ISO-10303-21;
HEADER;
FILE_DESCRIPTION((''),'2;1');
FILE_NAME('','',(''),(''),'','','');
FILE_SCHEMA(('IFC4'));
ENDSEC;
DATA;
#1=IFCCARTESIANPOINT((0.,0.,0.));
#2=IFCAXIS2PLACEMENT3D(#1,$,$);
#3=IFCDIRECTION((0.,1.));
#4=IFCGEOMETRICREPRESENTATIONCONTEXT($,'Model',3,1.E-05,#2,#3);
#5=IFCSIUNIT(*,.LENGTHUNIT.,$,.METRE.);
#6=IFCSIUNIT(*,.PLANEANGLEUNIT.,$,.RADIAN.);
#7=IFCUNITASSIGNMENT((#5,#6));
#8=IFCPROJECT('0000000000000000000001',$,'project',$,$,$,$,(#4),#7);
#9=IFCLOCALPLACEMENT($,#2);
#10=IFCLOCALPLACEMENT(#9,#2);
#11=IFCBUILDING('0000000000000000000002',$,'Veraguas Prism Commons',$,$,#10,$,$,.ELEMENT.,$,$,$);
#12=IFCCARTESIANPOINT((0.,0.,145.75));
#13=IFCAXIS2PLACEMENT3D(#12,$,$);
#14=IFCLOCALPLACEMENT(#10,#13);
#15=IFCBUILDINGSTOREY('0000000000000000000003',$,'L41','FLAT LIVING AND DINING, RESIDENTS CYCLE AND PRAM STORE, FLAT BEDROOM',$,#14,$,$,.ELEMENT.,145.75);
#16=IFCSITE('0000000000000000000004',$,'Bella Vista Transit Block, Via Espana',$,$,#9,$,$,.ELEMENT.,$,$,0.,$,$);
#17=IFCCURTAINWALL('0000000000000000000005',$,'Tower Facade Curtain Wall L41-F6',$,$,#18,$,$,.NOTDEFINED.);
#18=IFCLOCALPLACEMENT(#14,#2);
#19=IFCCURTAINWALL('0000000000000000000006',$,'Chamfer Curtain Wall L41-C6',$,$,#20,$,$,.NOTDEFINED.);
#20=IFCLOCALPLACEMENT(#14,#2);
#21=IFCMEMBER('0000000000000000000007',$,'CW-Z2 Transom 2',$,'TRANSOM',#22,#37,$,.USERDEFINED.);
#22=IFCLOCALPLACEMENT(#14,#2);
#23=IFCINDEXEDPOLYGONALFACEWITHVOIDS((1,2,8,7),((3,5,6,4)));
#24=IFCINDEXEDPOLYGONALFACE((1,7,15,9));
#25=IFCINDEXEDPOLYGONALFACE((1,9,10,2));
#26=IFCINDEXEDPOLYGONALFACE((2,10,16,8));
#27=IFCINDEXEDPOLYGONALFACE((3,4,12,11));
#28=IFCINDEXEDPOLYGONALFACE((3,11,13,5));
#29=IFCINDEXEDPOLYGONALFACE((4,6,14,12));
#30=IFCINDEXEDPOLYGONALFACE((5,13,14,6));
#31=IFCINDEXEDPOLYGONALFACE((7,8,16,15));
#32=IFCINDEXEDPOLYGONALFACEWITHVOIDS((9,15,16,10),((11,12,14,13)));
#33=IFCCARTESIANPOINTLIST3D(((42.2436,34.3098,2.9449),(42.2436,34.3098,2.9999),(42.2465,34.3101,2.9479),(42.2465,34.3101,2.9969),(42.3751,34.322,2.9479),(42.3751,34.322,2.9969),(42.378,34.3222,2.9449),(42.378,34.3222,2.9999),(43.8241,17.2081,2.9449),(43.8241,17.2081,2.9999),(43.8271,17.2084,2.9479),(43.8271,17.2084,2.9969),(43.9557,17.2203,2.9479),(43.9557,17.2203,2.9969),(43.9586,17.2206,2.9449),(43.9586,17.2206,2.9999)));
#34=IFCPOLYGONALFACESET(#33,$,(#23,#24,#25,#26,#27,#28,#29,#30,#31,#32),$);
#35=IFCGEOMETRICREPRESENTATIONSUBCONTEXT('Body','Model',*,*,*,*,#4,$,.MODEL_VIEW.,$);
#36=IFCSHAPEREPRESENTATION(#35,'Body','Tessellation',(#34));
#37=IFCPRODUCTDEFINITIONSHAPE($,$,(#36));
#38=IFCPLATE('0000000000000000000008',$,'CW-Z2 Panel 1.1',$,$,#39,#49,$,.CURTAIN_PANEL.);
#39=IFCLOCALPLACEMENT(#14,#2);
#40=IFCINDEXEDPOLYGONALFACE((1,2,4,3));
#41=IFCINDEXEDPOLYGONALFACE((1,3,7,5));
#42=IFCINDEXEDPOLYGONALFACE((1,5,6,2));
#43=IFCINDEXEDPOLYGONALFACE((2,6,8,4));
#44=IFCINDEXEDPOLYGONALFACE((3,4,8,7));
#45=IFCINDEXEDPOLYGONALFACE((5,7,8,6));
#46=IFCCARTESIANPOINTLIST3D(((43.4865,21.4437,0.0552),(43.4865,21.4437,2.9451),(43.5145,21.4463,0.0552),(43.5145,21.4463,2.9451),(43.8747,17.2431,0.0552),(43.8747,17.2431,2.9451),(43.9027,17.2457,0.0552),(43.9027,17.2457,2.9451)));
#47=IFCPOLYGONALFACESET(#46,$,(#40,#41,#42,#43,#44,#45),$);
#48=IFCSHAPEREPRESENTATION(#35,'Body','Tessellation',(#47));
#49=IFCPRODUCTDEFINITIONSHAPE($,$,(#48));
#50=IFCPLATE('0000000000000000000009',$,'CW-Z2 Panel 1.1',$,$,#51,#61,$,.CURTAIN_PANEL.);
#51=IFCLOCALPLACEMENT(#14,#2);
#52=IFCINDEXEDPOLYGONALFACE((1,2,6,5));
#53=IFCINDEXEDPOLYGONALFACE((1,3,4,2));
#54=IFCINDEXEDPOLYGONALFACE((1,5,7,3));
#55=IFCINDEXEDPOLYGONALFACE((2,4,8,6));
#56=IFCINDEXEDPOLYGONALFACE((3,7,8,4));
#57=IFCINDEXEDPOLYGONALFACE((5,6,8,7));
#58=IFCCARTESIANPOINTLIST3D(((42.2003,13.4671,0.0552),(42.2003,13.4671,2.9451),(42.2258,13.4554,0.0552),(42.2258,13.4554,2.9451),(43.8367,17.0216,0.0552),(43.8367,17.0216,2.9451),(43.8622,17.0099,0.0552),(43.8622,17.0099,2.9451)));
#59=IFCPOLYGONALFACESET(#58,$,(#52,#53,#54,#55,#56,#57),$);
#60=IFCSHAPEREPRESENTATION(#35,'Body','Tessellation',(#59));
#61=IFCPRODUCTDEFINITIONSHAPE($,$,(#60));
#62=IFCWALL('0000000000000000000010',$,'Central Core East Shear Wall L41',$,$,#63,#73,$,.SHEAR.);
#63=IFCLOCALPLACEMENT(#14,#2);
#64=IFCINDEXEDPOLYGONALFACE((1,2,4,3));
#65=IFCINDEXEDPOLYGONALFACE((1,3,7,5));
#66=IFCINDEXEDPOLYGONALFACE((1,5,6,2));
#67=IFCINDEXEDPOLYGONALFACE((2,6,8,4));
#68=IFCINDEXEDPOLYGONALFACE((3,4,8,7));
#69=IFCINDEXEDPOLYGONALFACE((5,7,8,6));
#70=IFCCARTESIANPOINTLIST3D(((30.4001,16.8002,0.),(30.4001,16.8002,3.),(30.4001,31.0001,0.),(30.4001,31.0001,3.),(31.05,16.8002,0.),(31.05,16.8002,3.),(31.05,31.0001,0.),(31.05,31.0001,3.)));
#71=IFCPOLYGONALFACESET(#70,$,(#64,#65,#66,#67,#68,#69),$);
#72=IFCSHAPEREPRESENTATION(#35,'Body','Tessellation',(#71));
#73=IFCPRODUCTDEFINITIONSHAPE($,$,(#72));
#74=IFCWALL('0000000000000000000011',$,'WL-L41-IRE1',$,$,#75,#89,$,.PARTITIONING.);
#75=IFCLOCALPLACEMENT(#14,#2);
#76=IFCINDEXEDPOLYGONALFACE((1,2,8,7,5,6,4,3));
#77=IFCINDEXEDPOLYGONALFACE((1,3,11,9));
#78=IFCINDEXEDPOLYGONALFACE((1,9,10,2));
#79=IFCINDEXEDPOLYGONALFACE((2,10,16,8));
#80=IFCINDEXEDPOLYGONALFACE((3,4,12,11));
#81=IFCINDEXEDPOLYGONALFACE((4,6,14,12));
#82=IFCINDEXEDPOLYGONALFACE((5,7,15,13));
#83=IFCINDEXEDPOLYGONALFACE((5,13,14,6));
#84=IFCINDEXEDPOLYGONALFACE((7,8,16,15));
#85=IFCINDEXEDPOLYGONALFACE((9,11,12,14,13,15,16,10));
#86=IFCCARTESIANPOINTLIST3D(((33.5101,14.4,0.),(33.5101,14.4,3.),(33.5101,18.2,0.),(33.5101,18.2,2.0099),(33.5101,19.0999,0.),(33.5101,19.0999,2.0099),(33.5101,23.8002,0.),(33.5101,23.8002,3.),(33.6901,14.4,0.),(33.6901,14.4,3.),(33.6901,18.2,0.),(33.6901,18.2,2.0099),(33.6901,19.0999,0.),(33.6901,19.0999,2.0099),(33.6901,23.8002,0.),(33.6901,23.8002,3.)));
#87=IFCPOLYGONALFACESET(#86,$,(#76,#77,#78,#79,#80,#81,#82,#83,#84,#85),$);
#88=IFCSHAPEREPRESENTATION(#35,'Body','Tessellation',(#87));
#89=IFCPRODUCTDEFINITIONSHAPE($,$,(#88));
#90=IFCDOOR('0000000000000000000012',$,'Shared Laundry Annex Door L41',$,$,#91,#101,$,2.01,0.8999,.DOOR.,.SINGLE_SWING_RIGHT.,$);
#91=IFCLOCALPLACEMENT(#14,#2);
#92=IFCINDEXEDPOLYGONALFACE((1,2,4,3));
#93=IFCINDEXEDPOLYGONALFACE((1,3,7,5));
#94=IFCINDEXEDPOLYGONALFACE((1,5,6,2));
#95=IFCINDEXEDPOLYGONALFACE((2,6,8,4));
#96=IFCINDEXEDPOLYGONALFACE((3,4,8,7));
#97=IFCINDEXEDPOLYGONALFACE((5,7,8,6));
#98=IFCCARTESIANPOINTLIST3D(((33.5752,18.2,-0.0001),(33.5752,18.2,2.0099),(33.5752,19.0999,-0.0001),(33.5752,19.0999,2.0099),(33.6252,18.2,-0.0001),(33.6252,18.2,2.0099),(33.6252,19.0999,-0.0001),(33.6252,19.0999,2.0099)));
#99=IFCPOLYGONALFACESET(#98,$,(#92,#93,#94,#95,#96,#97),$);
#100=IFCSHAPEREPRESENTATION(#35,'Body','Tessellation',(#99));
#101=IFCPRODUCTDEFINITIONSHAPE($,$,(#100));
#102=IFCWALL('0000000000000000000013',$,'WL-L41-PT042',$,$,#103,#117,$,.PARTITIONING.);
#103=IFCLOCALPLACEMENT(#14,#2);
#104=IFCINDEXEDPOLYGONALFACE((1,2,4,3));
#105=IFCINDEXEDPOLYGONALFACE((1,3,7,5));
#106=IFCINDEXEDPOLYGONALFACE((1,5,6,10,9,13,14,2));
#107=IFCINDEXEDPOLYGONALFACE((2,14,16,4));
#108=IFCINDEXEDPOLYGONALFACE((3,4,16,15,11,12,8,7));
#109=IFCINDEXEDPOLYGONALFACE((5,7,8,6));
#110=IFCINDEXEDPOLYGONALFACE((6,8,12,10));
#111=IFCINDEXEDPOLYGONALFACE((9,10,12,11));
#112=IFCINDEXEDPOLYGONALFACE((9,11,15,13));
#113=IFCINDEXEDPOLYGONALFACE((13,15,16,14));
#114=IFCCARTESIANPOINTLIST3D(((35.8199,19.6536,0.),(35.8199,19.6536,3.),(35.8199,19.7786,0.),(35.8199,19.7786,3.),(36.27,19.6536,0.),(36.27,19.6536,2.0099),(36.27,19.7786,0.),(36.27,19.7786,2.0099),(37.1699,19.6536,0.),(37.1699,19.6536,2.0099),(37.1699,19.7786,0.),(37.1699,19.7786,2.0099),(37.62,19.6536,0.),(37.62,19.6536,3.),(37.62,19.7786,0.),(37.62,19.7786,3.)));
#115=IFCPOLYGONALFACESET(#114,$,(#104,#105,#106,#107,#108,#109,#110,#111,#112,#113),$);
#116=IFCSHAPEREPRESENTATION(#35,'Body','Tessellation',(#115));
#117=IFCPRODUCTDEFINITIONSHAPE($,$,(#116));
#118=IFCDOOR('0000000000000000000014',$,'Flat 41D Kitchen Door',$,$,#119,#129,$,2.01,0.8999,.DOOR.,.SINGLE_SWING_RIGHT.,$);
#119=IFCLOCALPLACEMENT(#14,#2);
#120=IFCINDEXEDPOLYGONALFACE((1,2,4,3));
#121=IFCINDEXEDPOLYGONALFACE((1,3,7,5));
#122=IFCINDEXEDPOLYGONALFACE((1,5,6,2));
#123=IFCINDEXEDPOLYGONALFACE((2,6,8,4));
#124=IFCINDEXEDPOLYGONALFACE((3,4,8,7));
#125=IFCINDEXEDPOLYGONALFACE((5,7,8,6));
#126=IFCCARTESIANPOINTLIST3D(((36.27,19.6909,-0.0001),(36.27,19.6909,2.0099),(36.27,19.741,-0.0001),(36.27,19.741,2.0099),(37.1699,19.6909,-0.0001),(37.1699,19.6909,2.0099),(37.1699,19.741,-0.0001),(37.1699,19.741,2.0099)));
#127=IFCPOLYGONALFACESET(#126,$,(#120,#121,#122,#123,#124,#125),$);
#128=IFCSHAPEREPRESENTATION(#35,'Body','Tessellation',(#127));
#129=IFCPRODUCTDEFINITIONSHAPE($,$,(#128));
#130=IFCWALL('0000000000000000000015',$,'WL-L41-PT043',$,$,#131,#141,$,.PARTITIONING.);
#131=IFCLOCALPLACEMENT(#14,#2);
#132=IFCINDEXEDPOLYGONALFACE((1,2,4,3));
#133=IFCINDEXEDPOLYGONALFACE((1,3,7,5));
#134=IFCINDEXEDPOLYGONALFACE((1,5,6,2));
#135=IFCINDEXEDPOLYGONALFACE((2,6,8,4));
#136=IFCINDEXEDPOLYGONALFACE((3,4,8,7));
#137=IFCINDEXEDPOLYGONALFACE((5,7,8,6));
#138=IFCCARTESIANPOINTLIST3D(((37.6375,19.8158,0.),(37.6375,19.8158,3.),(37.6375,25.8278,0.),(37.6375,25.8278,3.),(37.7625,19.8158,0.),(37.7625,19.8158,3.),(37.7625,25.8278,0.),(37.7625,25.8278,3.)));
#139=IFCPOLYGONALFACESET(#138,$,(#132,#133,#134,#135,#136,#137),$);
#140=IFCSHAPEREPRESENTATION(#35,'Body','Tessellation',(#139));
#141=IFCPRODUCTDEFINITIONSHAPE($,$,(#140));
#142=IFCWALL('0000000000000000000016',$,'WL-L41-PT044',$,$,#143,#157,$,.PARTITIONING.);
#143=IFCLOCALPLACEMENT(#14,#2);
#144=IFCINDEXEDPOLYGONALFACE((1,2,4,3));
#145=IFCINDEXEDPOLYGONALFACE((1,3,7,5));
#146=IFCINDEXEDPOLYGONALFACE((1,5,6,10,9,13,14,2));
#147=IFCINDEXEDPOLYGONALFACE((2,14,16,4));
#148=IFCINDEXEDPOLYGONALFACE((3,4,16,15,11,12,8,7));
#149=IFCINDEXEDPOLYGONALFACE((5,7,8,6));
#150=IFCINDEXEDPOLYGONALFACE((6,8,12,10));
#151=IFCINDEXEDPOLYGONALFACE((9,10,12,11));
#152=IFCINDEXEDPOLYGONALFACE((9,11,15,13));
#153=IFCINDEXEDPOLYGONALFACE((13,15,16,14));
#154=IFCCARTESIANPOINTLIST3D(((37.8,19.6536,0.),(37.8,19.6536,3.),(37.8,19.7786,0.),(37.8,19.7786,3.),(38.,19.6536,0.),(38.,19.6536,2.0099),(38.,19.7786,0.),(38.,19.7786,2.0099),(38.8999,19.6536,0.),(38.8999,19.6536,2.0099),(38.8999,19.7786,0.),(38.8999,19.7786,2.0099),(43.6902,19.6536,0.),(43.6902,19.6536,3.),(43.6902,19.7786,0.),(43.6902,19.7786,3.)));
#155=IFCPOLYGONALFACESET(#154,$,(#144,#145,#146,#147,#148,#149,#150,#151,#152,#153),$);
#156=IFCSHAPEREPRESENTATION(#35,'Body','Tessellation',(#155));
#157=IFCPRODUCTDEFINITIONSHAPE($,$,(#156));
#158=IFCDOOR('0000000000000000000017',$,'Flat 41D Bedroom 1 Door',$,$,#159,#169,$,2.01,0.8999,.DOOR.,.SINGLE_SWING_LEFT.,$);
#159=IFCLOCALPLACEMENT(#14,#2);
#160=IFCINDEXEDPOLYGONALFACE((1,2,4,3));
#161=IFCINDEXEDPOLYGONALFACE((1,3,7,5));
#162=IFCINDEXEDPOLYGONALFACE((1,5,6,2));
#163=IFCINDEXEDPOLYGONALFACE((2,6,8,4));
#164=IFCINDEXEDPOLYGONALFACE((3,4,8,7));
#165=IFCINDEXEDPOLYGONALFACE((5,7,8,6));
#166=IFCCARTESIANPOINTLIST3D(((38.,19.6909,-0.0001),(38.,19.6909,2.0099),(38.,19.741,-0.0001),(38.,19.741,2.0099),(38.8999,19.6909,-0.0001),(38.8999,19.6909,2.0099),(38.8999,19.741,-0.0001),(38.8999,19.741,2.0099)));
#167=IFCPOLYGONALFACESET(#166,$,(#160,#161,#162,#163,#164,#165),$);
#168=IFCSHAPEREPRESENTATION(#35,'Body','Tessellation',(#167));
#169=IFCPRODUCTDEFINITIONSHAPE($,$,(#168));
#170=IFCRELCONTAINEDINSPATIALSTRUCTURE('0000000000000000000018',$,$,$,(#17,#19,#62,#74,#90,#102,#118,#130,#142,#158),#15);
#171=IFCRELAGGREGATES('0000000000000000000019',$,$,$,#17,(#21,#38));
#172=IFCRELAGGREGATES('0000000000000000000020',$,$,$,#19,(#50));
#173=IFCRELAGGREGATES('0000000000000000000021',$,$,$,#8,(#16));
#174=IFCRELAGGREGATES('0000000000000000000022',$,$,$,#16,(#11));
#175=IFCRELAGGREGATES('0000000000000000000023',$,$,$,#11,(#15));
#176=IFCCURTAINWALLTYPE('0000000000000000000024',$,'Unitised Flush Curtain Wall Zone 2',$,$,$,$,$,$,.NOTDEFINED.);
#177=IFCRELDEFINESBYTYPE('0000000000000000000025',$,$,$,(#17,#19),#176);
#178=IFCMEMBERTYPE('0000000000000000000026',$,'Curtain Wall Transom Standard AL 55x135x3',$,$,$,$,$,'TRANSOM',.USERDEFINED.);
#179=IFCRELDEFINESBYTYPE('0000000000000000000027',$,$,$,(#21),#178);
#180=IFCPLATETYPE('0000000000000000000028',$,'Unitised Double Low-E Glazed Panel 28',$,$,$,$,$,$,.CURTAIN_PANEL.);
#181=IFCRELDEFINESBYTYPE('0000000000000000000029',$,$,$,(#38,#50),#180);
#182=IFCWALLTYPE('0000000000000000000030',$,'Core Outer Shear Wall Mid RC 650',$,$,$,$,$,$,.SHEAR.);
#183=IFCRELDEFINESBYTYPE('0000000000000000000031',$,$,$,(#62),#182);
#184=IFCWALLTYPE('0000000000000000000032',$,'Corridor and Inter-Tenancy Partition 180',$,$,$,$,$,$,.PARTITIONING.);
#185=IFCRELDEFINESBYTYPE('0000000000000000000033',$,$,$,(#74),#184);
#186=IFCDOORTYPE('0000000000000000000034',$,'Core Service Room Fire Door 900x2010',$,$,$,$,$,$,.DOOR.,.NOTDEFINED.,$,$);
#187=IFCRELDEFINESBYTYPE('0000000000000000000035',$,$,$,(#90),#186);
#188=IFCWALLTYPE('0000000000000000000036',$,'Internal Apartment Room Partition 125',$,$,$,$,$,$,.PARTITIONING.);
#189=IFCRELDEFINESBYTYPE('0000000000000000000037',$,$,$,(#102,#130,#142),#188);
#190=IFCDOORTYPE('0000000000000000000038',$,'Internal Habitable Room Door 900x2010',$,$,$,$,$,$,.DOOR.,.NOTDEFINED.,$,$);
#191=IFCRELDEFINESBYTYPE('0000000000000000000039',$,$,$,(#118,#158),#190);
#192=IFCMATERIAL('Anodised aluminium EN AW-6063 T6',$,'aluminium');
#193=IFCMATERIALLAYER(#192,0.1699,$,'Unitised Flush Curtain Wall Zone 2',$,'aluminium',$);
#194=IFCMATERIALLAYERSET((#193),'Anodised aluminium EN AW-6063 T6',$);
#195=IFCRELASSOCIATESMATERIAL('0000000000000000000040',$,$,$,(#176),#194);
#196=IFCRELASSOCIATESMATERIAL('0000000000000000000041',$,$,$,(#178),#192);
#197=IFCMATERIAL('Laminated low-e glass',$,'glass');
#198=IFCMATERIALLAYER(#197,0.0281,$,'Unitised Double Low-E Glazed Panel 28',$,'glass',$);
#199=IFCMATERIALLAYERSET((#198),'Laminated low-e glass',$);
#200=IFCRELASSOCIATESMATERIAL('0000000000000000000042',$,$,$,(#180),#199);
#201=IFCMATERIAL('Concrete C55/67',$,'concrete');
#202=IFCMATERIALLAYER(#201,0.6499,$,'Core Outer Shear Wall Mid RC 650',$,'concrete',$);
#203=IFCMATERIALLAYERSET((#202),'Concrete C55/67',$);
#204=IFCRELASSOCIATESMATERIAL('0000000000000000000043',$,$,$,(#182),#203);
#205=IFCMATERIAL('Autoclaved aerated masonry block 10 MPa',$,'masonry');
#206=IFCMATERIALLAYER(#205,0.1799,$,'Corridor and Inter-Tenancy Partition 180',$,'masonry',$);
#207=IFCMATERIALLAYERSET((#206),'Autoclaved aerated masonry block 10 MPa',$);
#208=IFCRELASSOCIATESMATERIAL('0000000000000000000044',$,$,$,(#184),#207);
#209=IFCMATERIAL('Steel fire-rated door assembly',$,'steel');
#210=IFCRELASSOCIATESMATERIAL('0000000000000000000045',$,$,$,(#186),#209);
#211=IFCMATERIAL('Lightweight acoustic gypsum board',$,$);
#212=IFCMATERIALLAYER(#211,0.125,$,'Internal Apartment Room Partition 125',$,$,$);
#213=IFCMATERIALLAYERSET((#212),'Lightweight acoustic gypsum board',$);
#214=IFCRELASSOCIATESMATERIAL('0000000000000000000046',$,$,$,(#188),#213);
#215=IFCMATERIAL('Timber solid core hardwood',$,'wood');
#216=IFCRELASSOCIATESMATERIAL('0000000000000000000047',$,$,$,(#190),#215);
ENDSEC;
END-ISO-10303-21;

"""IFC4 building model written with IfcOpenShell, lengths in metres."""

from ifc_helpers import new_model, si_unit, direction, frame, frame_2d, origin, origin_2d, place, context, subcontext, project, spatial, rectangle, hollow_rectangle, extrude, source, transform, mapped, material, layer, layer_set, material_profile, profile_set, type_object, element, fill, aggregate, save


model = new_model("IFC4")

# Units and contexts
model_context = context("Model", 3, precision=1e-05, world=origin(), true_north=direction((0.0, 1.0)))
body_context = subcontext(model_context, "Body", "Model", "MODEL_VIEW")
ifc_project = project(units=[si_unit("LENGTHUNIT", "METRE"), si_unit("PLANEANGLEUNIT", "RADIAN")], contexts=[model_context])

# Site, building, storey
site_placement = place(None, origin())
site = spatial("IfcSite", under=ifc_project, at=site_placement, Name="Bella Vista Transit Block, Via Espana", CompositionType="ELEMENT", RefElevation=0.0)
building_placement = place(site_placement, origin())
building = spatial("IfcBuilding", under=site, at=building_placement, Name="Veraguas Prism Commons", CompositionType="ELEMENT")
storey_placement = place(building_placement, frame((0.0, 0.0, 145.75)))
storey = spatial("IfcBuildingStorey", under=building, at=storey_placement, Name="L41", Description="FLAT LIVING AND DINING, RESIDENTS CYCLE AND PRAM STORE, FLAT BEDROOM", CompositionType="ELEMENT", Elevation=145.75)

# Curtain wall
ifc_material_1 = material(Name="Anodised aluminium EN AW-6063 T6", Category="aluminium")
ifc_layer_1 = layer(ifc_material_1, 0.1699, Name="Unitised Flush Curtain Wall Zone 2", Category="aluminium")
ifc_layer_set_1 = layer_set([ifc_layer_1], Name="Anodised aluminium EN AW-6063 T6")
curtain_wall_type = type_object("IfcCurtainWallType", Name="Unitised Flush Curtain Wall Zone 2", PredefinedType="NOTDEFINED", material=ifc_layer_set_1)
curtain_wall_1_placement = place(storey_placement, origin())
curtain_wall_1 = element("IfcCurtainWall", 1, at=curtain_wall_1_placement, inside=storey, type_object=curtain_wall_type, Name="Tower Facade Curtain Wall L41-F6", PredefinedType="NOTDEFINED")

# Curtain wall
curtain_wall_2_placement = place(storey_placement, origin())
curtain_wall_2 = element("IfcCurtainWall", 2, at=curtain_wall_2_placement, inside=storey, type_object=curtain_wall_type, Name="Chamfer Curtain Wall L41-C6", PredefinedType="NOTDEFINED")

# Member
ifc_material_profile_1 = material_profile(ifc_material_1, hollow_rectangle(XDim=0.0549, YDim=0.135, WallThickness=0.0029, at=origin_2d()), Name="AL55X135X3")
ifc_profile_set_1 = profile_set([ifc_material_profile_1], Name="Anodised aluminium EN AW-6063 T6")
member_type_1 = type_object("IfcMemberType", Name="Curtain Wall Transom Standard AL 55x135x3", ElementType="TRANSOM", PredefinedType="USERDEFINED", material=ifc_profile_set_1)
shared_shape_1 = source(origin(), body_context, "Body", "SweptSolid", [
    extrude(hollow_rectangle(XDim=0.0549, YDim=0.135, WallThickness=0.0029, at=origin_2d()), origin(), (0.0, 0.0, 1.0), 17.1746),
])
member_1_placement = place(storey_placement, frame((43.8914, 17.2144, 2.9724), z_axis=(-0.09203, 0.995756, 0.0), x_axis=(0.0, 0.0, 1.0)))
member_1 = element("IfcMember", 3, at=member_1_placement, type_object=member_type_1, Name="CW-Z2 Transom 2", ObjectType="TRANSOM", PredefinedType="USERDEFINED", context=body_context, shape_type="MappedRepresentation", body=[
    mapped(shared_shape_1, transform((0.0, 0.0, 0.0), scale=1.0)),
])

# Plates
ifc_material_2 = material(Name="Laminated low-e glass", Category="glass")
ifc_layer_2 = layer(ifc_material_2, 0.0281, Name="Unitised Double Low-E Glazed Panel 28", Category="glass")
ifc_layer_set_2 = layer_set([ifc_layer_2], Name="Laminated low-e glass")
plate_type = type_object("IfcPlateType", Name="Unitised Double Low-E Glazed Panel 28", PredefinedType="CURTAIN_PANEL", material=ifc_layer_set_2)
shared_shape_2 = source(origin(), body_context, "Body", "SweptSolid", [
    extrude(rectangle(XDim=4.2185, YDim=0.0281, at=origin_2d()), origin(), (0.0, 0.0, 1.0), 2.8899),
])
plate_1_placement = place(storey_placement, frame((43.6946, 19.3447, 0.0552), z_axis=(0.0, 0.0, 1.0), x_axis=(-0.092025, 0.995757, 0.0)))
plate_1 = element("IfcPlate", 4, at=plate_1_placement, type_object=plate_type, Name="CW-Z2 Panel 1.1", PredefinedType="CURTAIN_PANEL", context=body_context, shape_type="MappedRepresentation", body=[
    mapped(shared_shape_2, transform((0.0, 0.0, 0.0), scale=1.0)),
])
aggregate(curtain_wall_1, [member_1, plate_1])
shared_shape_3 = source(origin(), body_context, "Body", "SweptSolid", [
    extrude(rectangle(XDim=3.9131, YDim=0.0281, at=origin_2d()), origin(), (0.0, 0.0, 1.0), 2.8899),
])
plate_2_placement = place(storey_placement, frame((43.0312, 15.2385, 0.0552), z_axis=(0.0, 0.0, 1.0), x_axis=(0.418181, 0.908364, 0.0)))
plate_2 = element("IfcPlate", 5, at=plate_2_placement, type_object=plate_type, Name="CW-Z2 Panel 1.1", PredefinedType="CURTAIN_PANEL", context=body_context, shape_type="MappedRepresentation", body=[
    mapped(shared_shape_3, transform((0.0, 0.0, 0.0), scale=1.0)),
])
aggregate(curtain_wall_2, [plate_2])

# Wall
ifc_material_3 = material(Name="Concrete C55/67", Category="concrete")
ifc_layer_3 = layer(ifc_material_3, 0.6499, Name="Core Outer Shear Wall Mid RC 650", Category="concrete")
ifc_layer_set_3 = layer_set([ifc_layer_3], Name="Concrete C55/67")
wall_type_1 = type_object("IfcWallType", Name="Core Outer Shear Wall Mid RC 650", PredefinedType="SHEAR", material=ifc_layer_set_3)
wall_1_placement = place(storey_placement, frame((30.7251, 16.8, 0.0), z_axis=(0.0, 0.0, 1.0), x_axis=(0.0, 1.0, 0.0)))
element("IfcWall", 6, at=wall_1_placement, inside=storey, type_object=wall_type_1, Name="Central Core East Shear Wall L41", PredefinedType="SHEAR", context=body_context, shape_type="SweptSolid", body=[
    extrude(rectangle(XDim=14.2, YDim=0.6499, at=frame_2d((7.1001, 0.0))), origin(), (0.0, 0.0, 1.0), 3.0),
])

# Walls, openings, doors
ifc_material_4 = material(Name="Autoclaved aerated masonry block 10 MPa", Category="masonry")
ifc_layer_4 = layer(ifc_material_4, 0.1799, Name="Corridor and Inter-Tenancy Partition 180", Category="masonry")
ifc_layer_set_4 = layer_set([ifc_layer_4], Name="Autoclaved aerated masonry block 10 MPa")
wall_type_2 = type_object("IfcWallType", Name="Corridor and Inter-Tenancy Partition 180", PredefinedType="PARTITIONING", material=ifc_layer_set_4)
wall_2_placement = place(storey_placement, frame((33.6001, 14.3999, 0.0), z_axis=(0.0, 0.0, 1.0), x_axis=(0.0, 1.0, 0.0)))
wall_2 = element("IfcWall", 7, at=wall_2_placement, inside=storey, type_object=wall_type_2, Name="WL-L41-IRE1", PredefinedType="PARTITIONING", context=body_context, shape_type="SweptSolid", body=[
    extrude(rectangle(XDim=9.4001, YDim=0.1799, at=frame_2d((4.7002, 0.0))), origin(), (0.0, 0.0, 1.0), 3.0),
])
opening_1_placement = place(wall_2_placement, frame((3.8, 0.0, 0.0)))
opening_1 = element("IfcOpeningElement", 8, at=opening_1_placement, cuts=wall_2, PredefinedType="OPENING", context=body_context, shape_type="SweptSolid", body=[
    extrude(rectangle(XDim=0.8999, YDim=2.01, at=frame_2d((0.45, 1.0049))), frame((0.0, 0.0999, 0.0), z_axis=(0.0, -1.0, 0.0), x_axis=(1.0, 0.0, 0.0)), (0.0, 0.0, 1.0), 0.2),
])
ifc_material_5 = material(Name="Steel fire-rated door assembly", Category="steel")
door_type_1 = type_object("IfcDoorType", Name="Core Service Room Fire Door 900x2010", OperationType="NOTDEFINED", PredefinedType="DOOR", material=ifc_material_5)
shared_shape_4 = source(origin(), body_context, "Body", "SweptSolid", [
    extrude(rectangle(XDim=0.8999, YDim=2.01, at=frame_2d((0.45, 1.0049))), frame((0.0, 0.0249, 0.0), z_axis=(0.0, -1.0, 0.0), x_axis=(1.0, 0.0, 0.0)), (0.0, 0.0, 1.0), 0.05),
])
door_1_placement = place(opening_1_placement, origin())
door_1 = element("IfcDoor", 9, at=door_1_placement, inside=storey, type_object=door_type_1, Name="Shared Laundry Annex Door L41", OperationType="SINGLE_SWING_RIGHT", OverallHeight=2.01, OverallWidth=0.8999, PredefinedType="DOOR", context=body_context, shape_type="MappedRepresentation", body=[
    mapped(shared_shape_4, transform((0.0, 0.0, 0.0), scale=1.0)),
])
fill(opening_1, door_1)
ifc_material_6 = material(Name="Lightweight acoustic gypsum board")
ifc_layer_5 = layer(ifc_material_6, 0.125, Name="Internal Apartment Room Partition 125")
ifc_layer_set_5 = layer_set([ifc_layer_5], Name="Lightweight acoustic gypsum board")
wall_type_3 = type_object("IfcWallType", Name="Internal Apartment Room Partition 125", PredefinedType="PARTITIONING", material=ifc_layer_set_5)
wall_3_placement = place(storey_placement, frame((35.8201, 19.7161, 0.0), z_axis=(0.0, 0.0, 1.0), x_axis=(1.0, 0.0, 0.0)))
wall_3 = element("IfcWall", 10, at=wall_3_placement, inside=storey, type_object=wall_type_3, Name="WL-L41-PT042", PredefinedType="PARTITIONING", context=body_context, shape_type="SweptSolid", body=[
    extrude(rectangle(XDim=1.8, YDim=0.125, at=frame_2d((0.8999, 0.0))), origin(), (0.0, 0.0, 1.0), 3.0),
])
opening_2_placement = place(wall_3_placement, frame((0.45, 0.0, 0.0)))
opening_2 = element("IfcOpeningElement", 11, at=opening_2_placement, cuts=wall_3, PredefinedType="OPENING", context=body_context, shape_type="SweptSolid", body=[
    extrude(rectangle(XDim=0.8999, YDim=2.01, at=frame_2d((0.45, 1.0049))), frame((0.0, 0.0725, 0.0), z_axis=(0.0, -1.0, 0.0), x_axis=(1.0, 0.0, 0.0)), (0.0, 0.0, 1.0), 0.145),
])
ifc_material_7 = material(Name="Timber solid core hardwood", Category="wood")
door_type_2 = type_object("IfcDoorType", Name="Internal Habitable Room Door 900x2010", OperationType="NOTDEFINED", PredefinedType="DOOR", material=ifc_material_7)
door_2_placement = place(opening_2_placement, origin())
door_2 = element("IfcDoor", 12, at=door_2_placement, inside=storey, type_object=door_type_2, Name="Flat 41D Kitchen Door", OperationType="SINGLE_SWING_RIGHT", OverallHeight=2.01, OverallWidth=0.8999, PredefinedType="DOOR", context=body_context, shape_type="MappedRepresentation", body=[
    mapped(shared_shape_4, transform((0.0, 0.0, 0.0), scale=1.0)),
])
fill(opening_2, door_2)

# Wall
wall_4_placement = place(storey_placement, frame((37.7, 19.8159, 0.0), z_axis=(0.0, 0.0, 1.0), x_axis=(0.0, 1.0, 0.0)))
element("IfcWall", 13, at=wall_4_placement, inside=storey, type_object=wall_type_3, Name="WL-L41-PT043", PredefinedType="PARTITIONING", context=body_context, shape_type="SweptSolid", body=[
    extrude(rectangle(XDim=6.012, YDim=0.125, at=frame_2d((3.0059, 0.0))), origin(), (0.0, 0.0, 1.0), 3.0),
])

# Wall, opening, door
wall_5_placement = place(storey_placement, frame((37.8, 19.7161, 0.0), z_axis=(0.0, 0.0, 1.0), x_axis=(1.0, 0.0, 0.0)))
wall_5 = element("IfcWall", 14, at=wall_5_placement, inside=storey, type_object=wall_type_3, Name="WL-L41-PT044", PredefinedType="PARTITIONING", context=body_context, shape_type="SweptSolid", body=[
    extrude(rectangle(XDim=5.8901, YDim=0.125, at=frame_2d((2.9451, 0.0))), origin(), (0.0, 0.0, 1.0), 3.0),
])
opening_3_placement = place(wall_5_placement, frame((0.2, 0.0, 0.0)))
opening_3 = element("IfcOpeningElement", 15, at=opening_3_placement, cuts=wall_5, PredefinedType="OPENING", context=body_context, shape_type="SweptSolid", body=[
    extrude(rectangle(XDim=0.8999, YDim=2.01, at=frame_2d((0.45, 1.0049))), frame((0.0, 0.0725, 0.0), z_axis=(0.0, -1.0, 0.0), x_axis=(1.0, 0.0, 0.0)), (0.0, 0.0, 1.0), 0.145),
])
door_3_placement = place(opening_3_placement, origin())
door_3 = element("IfcDoor", 16, at=door_3_placement, inside=storey, type_object=door_type_2, Name="Flat 41D Bedroom 1 Door", OperationType="SINGLE_SWING_LEFT", OverallHeight=2.01, OverallWidth=0.8999, PredefinedType="DOOR", context=body_context, shape_type="MappedRepresentation", body=[
    mapped(shared_shape_4, transform((0.0, 0.0, 0.0), scale=1.0)),
])
fill(opening_3, door_3)

save(model, "model.ifc")
